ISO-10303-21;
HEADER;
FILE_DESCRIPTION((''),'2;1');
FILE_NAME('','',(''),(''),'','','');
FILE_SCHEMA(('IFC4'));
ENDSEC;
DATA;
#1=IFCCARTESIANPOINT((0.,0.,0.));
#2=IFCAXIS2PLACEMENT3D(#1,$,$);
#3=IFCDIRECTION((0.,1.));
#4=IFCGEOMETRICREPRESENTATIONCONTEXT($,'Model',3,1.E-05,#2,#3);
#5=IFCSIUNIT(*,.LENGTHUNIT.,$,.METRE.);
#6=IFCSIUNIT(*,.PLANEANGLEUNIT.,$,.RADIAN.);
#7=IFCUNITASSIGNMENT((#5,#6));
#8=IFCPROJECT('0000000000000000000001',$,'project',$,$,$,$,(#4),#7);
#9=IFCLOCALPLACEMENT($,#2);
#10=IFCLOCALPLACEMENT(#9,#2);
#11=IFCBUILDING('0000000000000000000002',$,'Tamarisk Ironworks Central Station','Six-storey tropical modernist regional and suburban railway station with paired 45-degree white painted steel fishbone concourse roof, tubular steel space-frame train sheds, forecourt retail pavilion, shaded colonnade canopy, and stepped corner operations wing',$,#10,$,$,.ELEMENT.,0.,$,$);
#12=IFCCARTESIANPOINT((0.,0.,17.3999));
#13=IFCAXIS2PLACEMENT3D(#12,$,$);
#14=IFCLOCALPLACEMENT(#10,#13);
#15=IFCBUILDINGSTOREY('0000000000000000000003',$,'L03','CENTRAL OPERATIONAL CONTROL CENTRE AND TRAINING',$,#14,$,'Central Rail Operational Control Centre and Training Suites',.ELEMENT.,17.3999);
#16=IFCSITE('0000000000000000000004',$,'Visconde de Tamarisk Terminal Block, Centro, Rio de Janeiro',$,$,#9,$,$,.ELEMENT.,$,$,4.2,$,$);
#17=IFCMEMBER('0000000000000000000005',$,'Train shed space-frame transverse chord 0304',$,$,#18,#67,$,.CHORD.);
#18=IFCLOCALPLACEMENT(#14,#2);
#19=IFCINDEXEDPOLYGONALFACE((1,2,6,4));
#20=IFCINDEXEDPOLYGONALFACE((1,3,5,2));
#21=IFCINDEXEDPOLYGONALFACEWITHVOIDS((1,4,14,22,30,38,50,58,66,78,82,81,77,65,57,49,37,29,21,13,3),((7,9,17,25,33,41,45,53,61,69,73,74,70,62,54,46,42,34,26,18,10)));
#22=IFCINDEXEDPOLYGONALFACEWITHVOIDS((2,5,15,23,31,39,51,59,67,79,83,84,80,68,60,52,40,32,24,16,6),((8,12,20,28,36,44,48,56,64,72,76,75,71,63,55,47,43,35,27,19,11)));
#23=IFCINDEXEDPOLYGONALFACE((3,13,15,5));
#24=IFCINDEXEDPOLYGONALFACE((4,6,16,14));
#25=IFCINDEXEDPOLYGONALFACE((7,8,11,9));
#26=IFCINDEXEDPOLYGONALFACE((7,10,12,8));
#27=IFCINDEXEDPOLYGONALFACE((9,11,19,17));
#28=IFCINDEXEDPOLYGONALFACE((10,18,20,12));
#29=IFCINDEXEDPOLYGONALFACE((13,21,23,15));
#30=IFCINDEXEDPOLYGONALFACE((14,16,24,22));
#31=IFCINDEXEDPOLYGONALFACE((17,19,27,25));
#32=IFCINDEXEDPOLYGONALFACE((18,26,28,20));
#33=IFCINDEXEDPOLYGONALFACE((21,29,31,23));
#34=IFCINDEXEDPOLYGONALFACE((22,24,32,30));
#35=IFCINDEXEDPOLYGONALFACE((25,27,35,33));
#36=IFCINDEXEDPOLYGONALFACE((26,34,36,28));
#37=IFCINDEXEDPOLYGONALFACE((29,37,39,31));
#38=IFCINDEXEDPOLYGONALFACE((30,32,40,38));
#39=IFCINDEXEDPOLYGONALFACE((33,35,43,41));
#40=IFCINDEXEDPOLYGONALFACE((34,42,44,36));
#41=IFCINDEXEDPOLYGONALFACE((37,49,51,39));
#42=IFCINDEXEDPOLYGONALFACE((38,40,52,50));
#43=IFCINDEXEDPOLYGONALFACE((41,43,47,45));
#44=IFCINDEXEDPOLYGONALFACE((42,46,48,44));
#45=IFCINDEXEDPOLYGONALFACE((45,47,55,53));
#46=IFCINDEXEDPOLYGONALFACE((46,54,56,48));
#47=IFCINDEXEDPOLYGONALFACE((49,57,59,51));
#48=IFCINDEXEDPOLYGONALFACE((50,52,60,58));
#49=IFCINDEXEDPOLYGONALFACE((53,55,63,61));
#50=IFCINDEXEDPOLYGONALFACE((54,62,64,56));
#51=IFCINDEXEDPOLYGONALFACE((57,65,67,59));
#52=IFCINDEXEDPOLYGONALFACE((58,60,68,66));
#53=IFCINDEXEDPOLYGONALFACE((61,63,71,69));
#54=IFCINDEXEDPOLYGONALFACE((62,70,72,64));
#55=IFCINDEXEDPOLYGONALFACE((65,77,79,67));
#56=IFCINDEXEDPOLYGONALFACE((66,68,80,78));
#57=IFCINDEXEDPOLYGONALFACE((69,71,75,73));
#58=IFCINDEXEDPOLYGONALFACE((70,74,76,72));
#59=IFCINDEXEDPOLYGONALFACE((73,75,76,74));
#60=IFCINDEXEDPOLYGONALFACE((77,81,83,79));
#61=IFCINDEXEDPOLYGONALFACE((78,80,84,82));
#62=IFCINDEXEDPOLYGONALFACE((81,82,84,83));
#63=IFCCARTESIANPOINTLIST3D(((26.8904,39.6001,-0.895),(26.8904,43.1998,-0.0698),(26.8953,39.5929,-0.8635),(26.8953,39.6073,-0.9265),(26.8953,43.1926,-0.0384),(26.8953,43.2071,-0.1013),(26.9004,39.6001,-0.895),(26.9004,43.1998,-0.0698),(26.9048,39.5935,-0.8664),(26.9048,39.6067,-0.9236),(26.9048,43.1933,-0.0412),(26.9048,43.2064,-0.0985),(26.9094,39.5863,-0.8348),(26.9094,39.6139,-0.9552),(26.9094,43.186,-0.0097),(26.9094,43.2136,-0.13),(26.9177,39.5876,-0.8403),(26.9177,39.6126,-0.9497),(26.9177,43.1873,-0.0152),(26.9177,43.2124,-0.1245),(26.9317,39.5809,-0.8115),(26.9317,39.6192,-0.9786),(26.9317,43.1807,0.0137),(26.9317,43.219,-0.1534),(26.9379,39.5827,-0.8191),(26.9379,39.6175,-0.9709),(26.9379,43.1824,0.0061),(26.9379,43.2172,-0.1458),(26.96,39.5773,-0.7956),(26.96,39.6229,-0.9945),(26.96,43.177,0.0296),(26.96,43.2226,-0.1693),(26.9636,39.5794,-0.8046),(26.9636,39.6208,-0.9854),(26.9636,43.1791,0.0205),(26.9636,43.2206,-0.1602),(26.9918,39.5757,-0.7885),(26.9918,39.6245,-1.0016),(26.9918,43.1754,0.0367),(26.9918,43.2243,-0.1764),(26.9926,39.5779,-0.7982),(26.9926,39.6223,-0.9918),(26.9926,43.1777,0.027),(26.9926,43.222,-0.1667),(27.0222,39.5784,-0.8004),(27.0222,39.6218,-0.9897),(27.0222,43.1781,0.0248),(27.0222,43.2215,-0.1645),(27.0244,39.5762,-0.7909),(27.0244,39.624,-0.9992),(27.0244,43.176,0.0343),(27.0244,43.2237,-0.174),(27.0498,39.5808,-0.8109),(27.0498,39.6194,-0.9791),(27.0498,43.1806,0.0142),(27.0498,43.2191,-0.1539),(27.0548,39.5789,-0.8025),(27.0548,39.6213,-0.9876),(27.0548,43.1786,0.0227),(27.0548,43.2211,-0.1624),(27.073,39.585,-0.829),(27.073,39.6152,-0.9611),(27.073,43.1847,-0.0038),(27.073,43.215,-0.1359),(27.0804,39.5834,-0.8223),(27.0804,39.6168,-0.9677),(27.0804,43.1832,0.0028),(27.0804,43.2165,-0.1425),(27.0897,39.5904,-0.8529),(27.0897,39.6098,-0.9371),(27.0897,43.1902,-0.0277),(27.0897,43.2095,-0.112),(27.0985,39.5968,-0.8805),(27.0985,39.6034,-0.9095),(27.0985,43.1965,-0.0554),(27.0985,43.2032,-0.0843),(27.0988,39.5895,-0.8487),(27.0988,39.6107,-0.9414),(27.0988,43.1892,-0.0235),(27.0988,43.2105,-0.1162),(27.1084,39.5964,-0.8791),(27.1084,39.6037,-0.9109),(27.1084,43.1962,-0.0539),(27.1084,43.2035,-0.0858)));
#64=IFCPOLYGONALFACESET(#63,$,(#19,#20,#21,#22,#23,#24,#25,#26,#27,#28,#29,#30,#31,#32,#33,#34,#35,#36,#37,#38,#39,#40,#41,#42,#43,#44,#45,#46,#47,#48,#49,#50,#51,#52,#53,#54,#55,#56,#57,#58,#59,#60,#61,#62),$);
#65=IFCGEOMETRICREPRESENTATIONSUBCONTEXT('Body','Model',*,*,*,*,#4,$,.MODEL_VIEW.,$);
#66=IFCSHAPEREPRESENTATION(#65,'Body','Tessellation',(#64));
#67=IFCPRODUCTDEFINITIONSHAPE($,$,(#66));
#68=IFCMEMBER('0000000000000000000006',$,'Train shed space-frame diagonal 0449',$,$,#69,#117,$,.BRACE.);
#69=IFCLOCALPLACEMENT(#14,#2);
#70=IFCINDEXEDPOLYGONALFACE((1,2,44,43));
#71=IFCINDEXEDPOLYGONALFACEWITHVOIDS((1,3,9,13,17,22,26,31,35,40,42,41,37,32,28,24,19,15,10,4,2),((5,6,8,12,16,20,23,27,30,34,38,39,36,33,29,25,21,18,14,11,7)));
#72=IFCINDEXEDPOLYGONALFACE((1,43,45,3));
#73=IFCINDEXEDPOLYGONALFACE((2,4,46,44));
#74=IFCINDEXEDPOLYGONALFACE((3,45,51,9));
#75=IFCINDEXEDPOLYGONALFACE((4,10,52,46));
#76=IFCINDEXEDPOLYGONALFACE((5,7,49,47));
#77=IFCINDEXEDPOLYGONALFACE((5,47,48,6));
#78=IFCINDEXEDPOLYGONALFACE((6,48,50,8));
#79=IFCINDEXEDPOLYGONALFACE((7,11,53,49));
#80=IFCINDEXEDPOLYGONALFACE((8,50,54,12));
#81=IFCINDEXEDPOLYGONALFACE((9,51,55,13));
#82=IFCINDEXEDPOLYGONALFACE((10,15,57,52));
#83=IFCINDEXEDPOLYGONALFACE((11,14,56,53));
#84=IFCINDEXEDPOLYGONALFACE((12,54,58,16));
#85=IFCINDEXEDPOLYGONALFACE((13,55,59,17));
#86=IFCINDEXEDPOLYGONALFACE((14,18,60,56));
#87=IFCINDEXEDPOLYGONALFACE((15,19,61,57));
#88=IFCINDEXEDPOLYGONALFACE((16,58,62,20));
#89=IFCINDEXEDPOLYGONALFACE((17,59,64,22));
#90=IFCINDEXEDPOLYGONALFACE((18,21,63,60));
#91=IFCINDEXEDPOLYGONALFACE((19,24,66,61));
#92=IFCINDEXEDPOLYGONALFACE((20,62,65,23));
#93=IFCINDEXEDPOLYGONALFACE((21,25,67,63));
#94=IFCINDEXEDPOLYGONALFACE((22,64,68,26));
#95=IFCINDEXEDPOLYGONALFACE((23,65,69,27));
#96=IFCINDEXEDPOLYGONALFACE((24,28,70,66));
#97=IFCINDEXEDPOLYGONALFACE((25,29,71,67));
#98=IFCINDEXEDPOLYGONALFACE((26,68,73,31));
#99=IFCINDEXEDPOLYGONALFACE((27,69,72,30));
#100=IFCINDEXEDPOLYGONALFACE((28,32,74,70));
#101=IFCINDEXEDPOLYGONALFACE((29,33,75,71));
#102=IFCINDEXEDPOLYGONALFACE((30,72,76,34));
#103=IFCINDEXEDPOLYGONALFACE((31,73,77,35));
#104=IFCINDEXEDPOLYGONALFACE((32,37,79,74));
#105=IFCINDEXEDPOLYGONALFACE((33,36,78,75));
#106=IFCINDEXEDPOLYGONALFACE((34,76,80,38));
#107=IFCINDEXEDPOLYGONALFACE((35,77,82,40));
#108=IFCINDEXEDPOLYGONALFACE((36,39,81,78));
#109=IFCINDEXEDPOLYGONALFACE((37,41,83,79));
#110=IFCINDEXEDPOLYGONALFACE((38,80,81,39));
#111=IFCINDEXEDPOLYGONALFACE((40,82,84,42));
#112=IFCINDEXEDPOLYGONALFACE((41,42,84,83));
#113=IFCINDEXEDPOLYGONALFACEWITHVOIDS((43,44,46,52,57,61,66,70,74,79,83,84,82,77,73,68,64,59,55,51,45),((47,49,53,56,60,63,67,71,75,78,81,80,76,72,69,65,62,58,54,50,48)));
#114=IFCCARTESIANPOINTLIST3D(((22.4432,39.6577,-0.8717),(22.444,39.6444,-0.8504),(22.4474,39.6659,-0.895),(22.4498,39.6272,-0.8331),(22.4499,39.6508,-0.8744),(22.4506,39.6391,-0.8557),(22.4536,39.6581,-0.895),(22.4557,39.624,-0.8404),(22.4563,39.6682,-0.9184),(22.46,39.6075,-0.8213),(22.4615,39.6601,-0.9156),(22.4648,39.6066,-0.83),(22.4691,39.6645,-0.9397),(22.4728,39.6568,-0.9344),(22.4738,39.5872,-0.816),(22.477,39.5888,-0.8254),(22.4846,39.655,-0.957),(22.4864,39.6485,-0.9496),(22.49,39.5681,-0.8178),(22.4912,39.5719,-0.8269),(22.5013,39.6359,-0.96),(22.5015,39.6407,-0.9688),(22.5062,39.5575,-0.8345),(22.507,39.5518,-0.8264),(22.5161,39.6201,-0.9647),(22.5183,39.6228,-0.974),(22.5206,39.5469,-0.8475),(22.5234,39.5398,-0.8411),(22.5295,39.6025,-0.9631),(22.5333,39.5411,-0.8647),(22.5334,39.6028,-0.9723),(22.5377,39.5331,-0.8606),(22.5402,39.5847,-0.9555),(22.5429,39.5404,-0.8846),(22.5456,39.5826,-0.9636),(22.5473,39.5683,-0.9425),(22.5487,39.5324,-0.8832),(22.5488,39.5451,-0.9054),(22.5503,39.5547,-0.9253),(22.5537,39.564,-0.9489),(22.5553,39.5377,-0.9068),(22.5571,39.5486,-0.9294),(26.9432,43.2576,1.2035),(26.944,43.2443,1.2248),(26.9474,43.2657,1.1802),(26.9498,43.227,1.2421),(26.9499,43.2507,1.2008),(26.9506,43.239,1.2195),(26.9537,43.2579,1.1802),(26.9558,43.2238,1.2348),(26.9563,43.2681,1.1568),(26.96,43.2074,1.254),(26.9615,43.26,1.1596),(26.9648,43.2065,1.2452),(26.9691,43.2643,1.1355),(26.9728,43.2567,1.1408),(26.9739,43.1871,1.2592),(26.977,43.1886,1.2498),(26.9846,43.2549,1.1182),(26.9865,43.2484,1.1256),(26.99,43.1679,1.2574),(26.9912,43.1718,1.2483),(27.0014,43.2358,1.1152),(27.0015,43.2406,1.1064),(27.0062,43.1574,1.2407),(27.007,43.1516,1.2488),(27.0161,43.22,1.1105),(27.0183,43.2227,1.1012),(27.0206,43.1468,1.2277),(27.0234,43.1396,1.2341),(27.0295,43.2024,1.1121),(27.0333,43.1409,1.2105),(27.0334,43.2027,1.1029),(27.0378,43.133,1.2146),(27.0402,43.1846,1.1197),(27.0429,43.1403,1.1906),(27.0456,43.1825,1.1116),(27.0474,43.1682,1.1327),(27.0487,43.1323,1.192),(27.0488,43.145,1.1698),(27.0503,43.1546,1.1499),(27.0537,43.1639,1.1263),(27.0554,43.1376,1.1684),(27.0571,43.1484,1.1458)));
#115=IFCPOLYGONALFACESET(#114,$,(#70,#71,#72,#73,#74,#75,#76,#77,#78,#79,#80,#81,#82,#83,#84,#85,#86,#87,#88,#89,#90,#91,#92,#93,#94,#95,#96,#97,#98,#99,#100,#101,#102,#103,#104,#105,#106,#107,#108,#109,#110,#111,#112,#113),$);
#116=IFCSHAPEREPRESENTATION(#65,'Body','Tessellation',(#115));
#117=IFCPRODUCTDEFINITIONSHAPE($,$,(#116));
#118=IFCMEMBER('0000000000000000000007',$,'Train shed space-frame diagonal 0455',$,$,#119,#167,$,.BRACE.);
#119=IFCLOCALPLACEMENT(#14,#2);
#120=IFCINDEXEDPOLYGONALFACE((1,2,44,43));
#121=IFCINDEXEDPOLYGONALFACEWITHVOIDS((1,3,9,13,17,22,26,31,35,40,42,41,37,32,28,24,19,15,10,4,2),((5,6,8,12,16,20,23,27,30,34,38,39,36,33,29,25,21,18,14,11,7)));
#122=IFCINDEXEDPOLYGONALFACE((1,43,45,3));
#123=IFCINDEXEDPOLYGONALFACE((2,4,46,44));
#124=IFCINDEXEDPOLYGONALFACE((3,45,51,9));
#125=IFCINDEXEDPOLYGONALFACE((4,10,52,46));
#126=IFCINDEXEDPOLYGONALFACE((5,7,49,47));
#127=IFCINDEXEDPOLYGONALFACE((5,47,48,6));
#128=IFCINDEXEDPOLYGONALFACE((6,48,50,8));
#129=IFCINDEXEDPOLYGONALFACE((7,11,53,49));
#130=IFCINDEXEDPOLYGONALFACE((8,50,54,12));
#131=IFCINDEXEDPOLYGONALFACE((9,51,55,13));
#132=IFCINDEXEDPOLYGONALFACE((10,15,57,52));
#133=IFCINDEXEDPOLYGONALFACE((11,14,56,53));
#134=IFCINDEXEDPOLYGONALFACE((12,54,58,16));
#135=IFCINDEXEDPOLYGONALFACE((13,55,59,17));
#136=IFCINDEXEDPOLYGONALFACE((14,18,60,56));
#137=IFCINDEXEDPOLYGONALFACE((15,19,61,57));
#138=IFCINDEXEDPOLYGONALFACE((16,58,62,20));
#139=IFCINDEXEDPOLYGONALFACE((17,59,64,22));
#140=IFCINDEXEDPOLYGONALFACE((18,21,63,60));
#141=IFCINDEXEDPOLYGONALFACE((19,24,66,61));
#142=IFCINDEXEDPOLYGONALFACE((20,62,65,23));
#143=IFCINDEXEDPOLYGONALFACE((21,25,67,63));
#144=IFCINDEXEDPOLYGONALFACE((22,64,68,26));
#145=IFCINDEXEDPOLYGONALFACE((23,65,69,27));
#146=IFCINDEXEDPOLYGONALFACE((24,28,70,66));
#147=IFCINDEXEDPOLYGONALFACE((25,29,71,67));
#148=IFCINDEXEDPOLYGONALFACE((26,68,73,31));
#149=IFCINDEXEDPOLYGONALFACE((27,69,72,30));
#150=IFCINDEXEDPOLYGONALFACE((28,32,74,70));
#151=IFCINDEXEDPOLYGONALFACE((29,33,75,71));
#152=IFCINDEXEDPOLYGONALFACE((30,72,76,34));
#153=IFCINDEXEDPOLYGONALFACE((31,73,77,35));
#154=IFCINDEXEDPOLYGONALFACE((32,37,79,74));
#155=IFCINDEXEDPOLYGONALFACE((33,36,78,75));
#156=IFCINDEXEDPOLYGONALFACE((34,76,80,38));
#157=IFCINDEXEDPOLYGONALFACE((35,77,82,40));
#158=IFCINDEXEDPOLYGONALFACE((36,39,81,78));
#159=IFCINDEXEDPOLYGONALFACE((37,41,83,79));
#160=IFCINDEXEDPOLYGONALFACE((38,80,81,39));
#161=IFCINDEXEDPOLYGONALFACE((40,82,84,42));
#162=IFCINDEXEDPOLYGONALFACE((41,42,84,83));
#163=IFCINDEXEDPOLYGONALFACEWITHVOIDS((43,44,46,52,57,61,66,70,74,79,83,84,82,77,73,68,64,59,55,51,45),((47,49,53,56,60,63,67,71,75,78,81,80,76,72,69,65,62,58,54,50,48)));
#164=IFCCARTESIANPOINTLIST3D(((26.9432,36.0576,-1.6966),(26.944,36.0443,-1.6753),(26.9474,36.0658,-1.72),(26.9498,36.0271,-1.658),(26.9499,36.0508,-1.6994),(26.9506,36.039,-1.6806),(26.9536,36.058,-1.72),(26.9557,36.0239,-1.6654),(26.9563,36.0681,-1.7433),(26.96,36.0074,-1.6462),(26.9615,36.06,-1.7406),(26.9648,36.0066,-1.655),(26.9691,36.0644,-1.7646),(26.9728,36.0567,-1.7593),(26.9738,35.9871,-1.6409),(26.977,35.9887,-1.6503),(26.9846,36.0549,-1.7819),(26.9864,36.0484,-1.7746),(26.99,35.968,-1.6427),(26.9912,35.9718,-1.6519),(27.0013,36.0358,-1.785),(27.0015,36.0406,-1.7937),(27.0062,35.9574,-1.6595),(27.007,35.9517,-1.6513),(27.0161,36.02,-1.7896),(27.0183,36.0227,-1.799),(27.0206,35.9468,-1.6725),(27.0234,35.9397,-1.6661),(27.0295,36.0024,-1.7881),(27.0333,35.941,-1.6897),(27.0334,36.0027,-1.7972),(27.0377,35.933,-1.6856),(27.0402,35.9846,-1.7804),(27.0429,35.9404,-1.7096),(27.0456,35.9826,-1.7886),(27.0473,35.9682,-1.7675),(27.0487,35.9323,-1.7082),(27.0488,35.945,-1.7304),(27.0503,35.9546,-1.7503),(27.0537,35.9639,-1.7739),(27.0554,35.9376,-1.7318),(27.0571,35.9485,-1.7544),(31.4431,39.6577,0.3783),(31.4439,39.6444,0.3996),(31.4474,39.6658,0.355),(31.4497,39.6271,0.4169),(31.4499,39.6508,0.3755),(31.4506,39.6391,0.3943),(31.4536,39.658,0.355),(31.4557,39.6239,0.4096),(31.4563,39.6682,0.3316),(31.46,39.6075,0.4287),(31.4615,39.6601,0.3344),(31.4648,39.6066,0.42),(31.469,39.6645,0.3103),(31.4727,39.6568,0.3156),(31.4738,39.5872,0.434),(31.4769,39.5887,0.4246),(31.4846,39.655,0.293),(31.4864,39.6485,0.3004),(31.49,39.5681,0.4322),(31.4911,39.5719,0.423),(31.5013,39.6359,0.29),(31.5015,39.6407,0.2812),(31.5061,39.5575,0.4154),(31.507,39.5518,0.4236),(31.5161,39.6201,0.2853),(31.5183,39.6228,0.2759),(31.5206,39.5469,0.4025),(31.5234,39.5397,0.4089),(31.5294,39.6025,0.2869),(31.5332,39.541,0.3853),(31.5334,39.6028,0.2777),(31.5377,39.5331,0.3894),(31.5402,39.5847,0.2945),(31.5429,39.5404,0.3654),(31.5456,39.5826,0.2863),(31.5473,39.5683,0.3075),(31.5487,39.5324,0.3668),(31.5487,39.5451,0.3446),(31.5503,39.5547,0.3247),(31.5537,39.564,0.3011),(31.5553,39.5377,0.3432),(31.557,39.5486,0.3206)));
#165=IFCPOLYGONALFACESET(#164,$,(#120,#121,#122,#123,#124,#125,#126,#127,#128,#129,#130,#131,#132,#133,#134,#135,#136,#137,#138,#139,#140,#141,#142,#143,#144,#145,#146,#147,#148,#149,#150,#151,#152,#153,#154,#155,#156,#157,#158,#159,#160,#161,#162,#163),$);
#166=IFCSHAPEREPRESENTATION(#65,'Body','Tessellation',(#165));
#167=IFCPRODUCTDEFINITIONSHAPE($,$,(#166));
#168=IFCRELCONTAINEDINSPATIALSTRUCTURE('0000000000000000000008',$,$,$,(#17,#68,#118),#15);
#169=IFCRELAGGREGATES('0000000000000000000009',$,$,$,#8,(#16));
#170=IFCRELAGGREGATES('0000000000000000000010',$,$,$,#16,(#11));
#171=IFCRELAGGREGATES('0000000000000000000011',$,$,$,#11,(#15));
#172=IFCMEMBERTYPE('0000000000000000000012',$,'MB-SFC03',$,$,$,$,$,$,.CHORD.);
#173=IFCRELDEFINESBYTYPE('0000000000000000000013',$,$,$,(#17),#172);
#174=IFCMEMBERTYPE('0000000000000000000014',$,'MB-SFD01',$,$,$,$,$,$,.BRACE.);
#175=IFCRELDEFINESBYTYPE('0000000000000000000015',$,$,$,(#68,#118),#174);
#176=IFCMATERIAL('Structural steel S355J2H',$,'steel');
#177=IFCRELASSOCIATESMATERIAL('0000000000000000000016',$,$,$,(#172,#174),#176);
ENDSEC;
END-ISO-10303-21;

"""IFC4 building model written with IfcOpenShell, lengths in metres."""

from ifc_helpers import new_model, si_unit, direction, frame, origin, origin_2d, place, context, subcontext, project, spatial, hollow_circle, extrude, material, material_profile, profile_set, type_object, element, save


model = new_model("IFC4")

# Units and contexts
model_context = context("Model", 3, precision=1e-05, world=origin(), true_north=direction((0.0, 1.0)))
body_context = subcontext(model_context, "Body", "Model", "MODEL_VIEW")
ifc_project = project(units=[si_unit("LENGTHUNIT", "METRE"), si_unit("PLANEANGLEUNIT", "RADIAN")], contexts=[model_context])

# Site, building, storey
site_placement = place(None, origin())
site = spatial("IfcSite", under=ifc_project, at=site_placement, Name="Visconde de Tamarisk Terminal Block, Centro, Rio de Janeiro", CompositionType="ELEMENT", RefElevation=4.2)
building_placement = place(site_placement, origin())
building = spatial("IfcBuilding", under=site, at=building_placement, Name="Tamarisk Ironworks Central Station", Description="Six-storey tropical modernist regional and suburban railway station with paired 45-degree white painted steel fishbone concourse roof, tubular steel space-frame train sheds, forecourt retail pavilion, shaded colonnade canopy, and stepped corner operations wing", CompositionType="ELEMENT", ElevationOfRefHeight=0.0)
storey_placement = place(building_placement, frame((0.0, 0.0, 17.3999)))
storey = spatial("IfcBuildingStorey", under=building, at=storey_placement, Name="L03", Description="CENTRAL OPERATIONAL CONTROL CENTRE AND TRAINING", LongName="Central Rail Operational Control Centre and Training Suites", CompositionType="ELEMENT", Elevation=17.3999)

# Members
ifc_material_1 = material(Name="Structural steel S355J2H", Category="steel")
ifc_material_profile_1 = material_profile(ifc_material_1, hollow_circle(Radius=0.1096, WallThickness=0.01, at=origin_2d()), Name="CHS 219.1x10")
ifc_profile_set_1 = profile_set([ifc_material_profile_1], Name="Structural steel S355J2H")
member_type_1 = type_object("IfcMemberType", Name="MB-SFC03", PredefinedType="CHORD", material=ifc_profile_set_1)
member_1_placement = place(storey_placement, frame((27.0, 39.6001, -0.895), z_axis=(0.0, 0.974719, 0.223435), x_axis=(-1.0, 0.0, 0.0)))
element("IfcMember", 1, at=member_1_placement, inside=storey, type_object=member_type_1, Name="Train shed space-frame transverse chord 0304", PredefinedType="CHORD", context=body_context, shape_type="SweptSolid", body=[
    extrude(hollow_circle(Radius=0.1096, WallThickness=0.01, at=origin_2d()), origin(), (0.0, 0.0, 1.0), 3.6931),
])
ifc_material_profile_2 = material_profile(ifc_material_1, hollow_circle(Radius=0.0842, WallThickness=0.01, at=origin_2d()), Name="CHS 168.3x10")
ifc_profile_set_2 = profile_set([ifc_material_profile_2], Name="Structural steel S355J2H")
member_type_2 = type_object("IfcMemberType", Name="MB-SFD01", PredefinedType="BRACE", material=ifc_profile_set_2)
for number, where, z_axis, x_axis, name in (
    (2, (22.5, 39.6001, -0.895), (0.734696, 0.587733, 0.338809), (-0.62468, 0.780881, 0.0), "Train shed space-frame diagonal 0449"),
    (3, (27.0, 36.0, -1.72), (0.734689, 0.587767, 0.338765), (-0.624705, 0.780861, 0.0), "Train shed space-frame diagonal 0455"),
):
    element("IfcMember", number, at=place(storey_placement, frame(where, z_axis=z_axis, x_axis=x_axis)), inside=storey, type_object=member_type_2, Name=name, PredefinedType="BRACE", context=body_context, shape_type="SweptSolid", body=[
        extrude(hollow_circle(Radius=0.0842, WallThickness=0.01, at=origin_2d()), origin(), (0.0, 0.0, 1.0), 6.125),
    ])

save(model, "model.ifc")
